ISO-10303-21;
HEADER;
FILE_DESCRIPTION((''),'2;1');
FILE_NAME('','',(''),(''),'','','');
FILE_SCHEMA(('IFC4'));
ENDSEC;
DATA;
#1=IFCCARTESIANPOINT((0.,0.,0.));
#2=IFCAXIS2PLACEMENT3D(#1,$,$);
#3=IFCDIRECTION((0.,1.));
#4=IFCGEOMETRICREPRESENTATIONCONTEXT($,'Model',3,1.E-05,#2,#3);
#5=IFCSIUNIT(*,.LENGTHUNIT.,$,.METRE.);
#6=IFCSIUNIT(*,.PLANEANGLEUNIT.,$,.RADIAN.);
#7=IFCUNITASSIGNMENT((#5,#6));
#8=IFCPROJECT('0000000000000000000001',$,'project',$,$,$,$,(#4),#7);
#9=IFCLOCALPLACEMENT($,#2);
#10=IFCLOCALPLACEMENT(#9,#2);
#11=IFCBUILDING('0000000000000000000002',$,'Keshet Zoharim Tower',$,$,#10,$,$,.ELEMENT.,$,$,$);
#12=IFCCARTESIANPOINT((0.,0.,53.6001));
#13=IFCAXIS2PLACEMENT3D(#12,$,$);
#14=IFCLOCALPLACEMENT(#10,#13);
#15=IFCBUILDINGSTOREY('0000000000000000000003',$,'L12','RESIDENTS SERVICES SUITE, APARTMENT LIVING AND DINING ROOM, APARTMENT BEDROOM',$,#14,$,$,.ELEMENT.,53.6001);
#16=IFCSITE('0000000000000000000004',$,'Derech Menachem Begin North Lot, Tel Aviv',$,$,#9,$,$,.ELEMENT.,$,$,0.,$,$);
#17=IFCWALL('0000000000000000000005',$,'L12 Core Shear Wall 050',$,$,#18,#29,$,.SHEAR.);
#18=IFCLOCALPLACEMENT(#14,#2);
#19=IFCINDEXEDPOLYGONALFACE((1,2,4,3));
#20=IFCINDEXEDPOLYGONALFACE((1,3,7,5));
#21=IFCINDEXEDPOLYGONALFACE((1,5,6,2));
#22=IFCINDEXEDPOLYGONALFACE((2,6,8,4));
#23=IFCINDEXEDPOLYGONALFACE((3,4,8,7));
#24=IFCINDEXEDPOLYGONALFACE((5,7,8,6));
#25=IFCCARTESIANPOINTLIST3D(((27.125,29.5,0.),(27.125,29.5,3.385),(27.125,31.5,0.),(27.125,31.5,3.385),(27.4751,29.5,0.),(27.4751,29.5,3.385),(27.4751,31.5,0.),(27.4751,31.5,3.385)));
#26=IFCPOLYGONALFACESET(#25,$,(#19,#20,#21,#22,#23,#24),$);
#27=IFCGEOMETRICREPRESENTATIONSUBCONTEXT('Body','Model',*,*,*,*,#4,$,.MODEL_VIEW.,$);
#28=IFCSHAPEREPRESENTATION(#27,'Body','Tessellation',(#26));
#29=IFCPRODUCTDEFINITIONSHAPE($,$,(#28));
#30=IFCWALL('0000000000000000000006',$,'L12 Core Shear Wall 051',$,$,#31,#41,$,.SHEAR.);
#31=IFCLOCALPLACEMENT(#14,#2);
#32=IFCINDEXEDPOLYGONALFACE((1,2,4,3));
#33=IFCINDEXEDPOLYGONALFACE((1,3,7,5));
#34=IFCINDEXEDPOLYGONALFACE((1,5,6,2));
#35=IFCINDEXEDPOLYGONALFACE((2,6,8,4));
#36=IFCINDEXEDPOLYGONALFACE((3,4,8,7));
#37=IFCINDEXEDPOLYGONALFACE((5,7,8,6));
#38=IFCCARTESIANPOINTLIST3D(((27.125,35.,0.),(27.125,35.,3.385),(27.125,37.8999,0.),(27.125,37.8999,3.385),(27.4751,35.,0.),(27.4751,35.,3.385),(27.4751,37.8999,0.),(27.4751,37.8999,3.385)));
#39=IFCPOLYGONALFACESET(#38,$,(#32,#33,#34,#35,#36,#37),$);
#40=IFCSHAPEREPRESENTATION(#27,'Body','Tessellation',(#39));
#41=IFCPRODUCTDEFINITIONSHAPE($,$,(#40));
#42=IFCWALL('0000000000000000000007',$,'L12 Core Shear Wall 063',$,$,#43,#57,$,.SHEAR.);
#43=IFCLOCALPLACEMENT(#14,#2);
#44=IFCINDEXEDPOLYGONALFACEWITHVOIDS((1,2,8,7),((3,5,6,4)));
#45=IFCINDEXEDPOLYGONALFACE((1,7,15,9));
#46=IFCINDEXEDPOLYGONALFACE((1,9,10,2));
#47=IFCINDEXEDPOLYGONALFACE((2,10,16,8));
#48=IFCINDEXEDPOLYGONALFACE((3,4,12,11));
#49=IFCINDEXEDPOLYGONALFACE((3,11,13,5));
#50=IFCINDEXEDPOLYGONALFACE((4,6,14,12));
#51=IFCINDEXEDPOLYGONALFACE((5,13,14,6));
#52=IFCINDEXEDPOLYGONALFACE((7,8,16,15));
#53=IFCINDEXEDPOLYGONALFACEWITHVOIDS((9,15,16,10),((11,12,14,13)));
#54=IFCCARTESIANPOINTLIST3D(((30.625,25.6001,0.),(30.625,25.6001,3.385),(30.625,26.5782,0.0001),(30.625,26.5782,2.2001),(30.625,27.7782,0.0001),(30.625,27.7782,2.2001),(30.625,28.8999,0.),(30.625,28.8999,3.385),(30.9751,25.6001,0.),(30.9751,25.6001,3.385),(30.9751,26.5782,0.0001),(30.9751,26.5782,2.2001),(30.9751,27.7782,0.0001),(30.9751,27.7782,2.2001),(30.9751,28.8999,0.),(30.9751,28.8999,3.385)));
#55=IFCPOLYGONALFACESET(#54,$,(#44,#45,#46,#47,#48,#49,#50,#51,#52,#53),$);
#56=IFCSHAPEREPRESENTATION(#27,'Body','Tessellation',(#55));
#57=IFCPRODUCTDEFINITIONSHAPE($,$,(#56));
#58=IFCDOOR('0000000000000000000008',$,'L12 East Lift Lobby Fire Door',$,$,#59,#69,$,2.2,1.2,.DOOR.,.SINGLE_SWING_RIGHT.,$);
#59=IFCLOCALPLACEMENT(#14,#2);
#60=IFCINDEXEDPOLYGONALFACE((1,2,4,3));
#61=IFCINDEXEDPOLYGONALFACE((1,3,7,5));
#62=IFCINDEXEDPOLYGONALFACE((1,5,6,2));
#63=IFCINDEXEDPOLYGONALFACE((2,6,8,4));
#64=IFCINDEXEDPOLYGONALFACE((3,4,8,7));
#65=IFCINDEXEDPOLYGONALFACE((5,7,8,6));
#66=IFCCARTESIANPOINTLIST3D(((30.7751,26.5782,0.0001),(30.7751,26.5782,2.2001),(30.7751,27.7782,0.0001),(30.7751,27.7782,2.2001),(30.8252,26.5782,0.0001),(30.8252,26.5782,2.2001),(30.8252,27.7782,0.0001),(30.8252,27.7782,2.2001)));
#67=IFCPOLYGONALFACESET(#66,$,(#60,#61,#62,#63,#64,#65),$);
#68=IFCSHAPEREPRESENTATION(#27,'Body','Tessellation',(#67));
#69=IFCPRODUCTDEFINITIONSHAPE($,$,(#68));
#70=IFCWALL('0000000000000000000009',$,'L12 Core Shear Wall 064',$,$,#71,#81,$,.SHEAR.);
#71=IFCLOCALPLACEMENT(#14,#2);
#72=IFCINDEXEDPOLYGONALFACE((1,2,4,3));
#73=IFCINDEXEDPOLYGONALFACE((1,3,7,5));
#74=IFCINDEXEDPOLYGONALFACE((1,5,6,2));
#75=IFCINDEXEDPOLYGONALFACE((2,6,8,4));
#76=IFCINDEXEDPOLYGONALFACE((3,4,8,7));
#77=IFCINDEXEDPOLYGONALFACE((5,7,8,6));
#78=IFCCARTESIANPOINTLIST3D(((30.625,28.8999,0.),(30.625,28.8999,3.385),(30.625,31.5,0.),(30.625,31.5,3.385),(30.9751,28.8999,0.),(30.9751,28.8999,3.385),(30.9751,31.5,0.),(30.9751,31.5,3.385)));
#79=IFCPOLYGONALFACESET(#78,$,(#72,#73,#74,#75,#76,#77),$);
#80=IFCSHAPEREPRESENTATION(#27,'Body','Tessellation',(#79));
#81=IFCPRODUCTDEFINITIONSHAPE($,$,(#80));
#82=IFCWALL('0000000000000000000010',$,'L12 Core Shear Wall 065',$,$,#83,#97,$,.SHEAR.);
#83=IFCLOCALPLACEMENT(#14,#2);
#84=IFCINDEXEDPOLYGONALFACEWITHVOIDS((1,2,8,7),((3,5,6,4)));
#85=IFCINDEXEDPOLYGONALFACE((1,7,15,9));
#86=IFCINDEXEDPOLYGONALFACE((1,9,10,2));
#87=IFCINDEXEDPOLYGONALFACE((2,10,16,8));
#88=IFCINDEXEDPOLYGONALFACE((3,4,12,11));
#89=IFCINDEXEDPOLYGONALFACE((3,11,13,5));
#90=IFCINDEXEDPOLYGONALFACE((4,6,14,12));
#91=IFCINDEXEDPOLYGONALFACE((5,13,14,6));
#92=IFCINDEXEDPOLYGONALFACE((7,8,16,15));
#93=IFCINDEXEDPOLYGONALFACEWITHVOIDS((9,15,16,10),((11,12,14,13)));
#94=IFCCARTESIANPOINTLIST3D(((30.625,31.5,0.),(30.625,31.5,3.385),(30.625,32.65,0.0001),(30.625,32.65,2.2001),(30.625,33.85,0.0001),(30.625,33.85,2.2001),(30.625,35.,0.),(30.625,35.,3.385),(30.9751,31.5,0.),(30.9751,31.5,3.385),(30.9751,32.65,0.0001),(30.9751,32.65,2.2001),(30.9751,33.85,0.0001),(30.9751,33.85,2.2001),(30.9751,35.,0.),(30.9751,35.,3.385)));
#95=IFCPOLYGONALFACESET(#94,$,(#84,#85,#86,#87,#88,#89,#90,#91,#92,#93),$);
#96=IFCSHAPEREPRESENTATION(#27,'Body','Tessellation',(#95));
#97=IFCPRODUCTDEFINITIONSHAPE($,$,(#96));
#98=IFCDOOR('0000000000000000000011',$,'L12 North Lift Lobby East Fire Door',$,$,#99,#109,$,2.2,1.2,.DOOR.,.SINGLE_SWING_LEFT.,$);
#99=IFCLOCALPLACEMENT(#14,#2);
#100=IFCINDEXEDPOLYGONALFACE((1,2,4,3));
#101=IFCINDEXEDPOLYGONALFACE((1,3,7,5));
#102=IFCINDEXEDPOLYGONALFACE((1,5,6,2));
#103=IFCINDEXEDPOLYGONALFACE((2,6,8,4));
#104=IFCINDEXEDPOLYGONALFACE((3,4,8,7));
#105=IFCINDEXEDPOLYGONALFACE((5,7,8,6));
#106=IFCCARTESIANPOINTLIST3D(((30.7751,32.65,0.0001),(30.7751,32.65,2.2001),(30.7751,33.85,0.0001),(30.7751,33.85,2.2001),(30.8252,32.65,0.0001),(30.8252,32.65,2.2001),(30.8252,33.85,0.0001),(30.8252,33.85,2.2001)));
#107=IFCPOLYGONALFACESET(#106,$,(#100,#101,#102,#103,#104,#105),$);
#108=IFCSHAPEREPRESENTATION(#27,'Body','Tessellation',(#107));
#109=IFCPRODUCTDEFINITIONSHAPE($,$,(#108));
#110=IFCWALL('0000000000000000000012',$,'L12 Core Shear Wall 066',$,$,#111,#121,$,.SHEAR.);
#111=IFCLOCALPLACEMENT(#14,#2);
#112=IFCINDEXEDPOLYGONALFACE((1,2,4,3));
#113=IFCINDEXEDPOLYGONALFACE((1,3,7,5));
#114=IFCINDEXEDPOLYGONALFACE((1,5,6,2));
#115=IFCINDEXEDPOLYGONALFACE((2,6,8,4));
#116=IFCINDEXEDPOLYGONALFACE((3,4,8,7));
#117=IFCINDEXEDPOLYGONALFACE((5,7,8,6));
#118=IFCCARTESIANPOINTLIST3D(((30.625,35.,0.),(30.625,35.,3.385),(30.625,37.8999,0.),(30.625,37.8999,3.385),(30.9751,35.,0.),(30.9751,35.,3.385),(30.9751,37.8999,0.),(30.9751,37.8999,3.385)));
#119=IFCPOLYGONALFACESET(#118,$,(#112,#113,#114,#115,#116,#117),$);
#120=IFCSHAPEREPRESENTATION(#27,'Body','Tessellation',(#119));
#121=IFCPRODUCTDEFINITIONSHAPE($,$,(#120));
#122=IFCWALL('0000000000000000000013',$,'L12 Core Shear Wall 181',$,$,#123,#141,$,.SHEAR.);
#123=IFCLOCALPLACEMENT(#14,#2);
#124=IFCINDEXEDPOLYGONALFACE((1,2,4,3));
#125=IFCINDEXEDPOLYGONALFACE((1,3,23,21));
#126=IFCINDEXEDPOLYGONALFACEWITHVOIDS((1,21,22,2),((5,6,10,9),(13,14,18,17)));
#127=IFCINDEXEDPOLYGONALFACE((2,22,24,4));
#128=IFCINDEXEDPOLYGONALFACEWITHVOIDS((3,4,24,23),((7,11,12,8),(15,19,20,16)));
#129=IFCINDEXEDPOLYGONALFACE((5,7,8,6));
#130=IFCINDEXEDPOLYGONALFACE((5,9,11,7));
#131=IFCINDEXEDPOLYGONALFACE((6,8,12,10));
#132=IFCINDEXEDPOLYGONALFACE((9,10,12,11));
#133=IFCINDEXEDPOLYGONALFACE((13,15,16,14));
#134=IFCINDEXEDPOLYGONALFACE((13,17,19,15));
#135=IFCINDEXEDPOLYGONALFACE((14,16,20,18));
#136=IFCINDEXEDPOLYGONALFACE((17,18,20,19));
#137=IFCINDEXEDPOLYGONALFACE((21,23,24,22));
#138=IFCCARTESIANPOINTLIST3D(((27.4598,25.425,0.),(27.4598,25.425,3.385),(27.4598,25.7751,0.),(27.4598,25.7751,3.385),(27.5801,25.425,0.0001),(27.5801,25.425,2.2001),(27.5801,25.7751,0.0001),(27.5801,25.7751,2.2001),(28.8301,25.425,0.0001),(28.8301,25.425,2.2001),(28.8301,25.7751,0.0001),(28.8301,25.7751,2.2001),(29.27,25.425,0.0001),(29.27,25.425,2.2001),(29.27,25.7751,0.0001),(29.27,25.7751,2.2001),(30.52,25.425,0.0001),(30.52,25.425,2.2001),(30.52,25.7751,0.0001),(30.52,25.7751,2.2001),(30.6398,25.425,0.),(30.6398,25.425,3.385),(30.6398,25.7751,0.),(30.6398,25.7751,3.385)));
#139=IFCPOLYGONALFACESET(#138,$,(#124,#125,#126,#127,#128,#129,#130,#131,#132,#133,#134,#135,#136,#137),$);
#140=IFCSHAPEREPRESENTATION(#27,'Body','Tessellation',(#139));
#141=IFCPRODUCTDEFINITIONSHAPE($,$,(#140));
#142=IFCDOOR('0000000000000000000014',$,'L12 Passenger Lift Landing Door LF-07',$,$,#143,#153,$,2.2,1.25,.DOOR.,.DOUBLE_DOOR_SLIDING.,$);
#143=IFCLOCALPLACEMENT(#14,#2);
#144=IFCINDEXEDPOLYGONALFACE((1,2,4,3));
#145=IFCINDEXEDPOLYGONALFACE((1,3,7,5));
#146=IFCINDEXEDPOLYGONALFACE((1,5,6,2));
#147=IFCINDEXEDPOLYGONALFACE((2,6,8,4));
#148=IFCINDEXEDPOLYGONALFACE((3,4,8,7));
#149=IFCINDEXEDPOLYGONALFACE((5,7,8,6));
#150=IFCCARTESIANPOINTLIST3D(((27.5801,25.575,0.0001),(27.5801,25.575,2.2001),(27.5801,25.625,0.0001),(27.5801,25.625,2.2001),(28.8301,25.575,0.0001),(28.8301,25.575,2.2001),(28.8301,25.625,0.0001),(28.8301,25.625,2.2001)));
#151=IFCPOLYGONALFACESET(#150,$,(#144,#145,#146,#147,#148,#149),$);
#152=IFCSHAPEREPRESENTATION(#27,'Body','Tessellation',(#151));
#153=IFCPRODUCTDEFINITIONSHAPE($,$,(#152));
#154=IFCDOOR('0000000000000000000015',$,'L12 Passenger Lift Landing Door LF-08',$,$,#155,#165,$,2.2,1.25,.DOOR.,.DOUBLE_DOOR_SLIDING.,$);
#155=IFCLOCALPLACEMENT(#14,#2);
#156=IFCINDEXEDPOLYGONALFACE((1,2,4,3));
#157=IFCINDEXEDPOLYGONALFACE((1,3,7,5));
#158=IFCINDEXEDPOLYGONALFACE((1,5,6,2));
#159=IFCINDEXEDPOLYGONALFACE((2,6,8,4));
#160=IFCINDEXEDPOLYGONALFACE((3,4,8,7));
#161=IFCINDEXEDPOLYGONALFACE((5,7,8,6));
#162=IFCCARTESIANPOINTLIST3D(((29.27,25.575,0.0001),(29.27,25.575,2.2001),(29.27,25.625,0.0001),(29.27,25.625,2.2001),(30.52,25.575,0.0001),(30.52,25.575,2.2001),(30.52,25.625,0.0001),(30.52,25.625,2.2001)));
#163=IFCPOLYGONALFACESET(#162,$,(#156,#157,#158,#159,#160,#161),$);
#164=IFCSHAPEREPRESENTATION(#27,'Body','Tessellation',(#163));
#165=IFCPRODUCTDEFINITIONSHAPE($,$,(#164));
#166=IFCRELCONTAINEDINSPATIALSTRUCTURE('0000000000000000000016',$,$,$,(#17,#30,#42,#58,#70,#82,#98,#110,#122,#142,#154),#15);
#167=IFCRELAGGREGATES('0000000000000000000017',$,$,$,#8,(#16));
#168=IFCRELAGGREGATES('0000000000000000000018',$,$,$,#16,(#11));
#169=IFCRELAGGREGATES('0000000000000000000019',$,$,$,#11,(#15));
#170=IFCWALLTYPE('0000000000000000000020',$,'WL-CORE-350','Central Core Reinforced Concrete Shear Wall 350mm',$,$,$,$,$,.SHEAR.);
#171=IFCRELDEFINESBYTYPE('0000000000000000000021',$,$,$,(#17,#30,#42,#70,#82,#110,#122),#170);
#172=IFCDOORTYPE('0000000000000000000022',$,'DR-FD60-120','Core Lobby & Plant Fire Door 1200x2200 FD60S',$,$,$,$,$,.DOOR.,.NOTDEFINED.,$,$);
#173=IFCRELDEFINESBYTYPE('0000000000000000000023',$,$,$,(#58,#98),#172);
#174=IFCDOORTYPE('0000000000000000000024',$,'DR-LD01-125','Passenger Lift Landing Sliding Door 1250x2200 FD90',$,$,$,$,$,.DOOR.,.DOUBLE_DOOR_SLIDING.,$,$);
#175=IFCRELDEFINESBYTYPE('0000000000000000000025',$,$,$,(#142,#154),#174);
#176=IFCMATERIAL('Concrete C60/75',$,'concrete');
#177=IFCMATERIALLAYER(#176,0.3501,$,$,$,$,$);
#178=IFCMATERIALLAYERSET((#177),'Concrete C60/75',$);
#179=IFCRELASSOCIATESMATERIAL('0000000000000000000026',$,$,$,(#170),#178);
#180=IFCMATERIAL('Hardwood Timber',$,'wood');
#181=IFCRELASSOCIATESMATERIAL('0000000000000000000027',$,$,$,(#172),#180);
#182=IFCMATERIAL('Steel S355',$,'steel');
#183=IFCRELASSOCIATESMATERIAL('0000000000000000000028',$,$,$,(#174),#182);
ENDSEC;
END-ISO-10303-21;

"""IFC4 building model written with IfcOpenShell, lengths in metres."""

from ifc_helpers import new_model, si_unit, direction, frame, frame_2d, origin, place, context, subcontext, project, spatial, rectangle, extrude, material, layer, layer_set, type_object, element, fill, save


model = new_model("IFC4")

# Units and contexts
model_context = context("Model", 3, precision=1e-05, world=origin(), true_north=direction((0.0, 1.0)))
body_context = subcontext(model_context, "Body", "Model", "MODEL_VIEW")
ifc_project = project(units=[si_unit("LENGTHUNIT", "METRE"), si_unit("PLANEANGLEUNIT", "RADIAN")], contexts=[model_context])

# Site, building, storey
site_placement = place(None, origin())
site = spatial("IfcSite", under=ifc_project, at=site_placement, Name="Derech Menachem Begin North Lot, Tel Aviv", CompositionType="ELEMENT", RefElevation=0.0)
building_placement = place(site_placement, origin())
building = spatial("IfcBuilding", under=site, at=building_placement, Name="Keshet Zoharim Tower", CompositionType="ELEMENT")
storey_placement = place(building_placement, frame((0.0, 0.0, 53.6001)))
storey = spatial("IfcBuildingStorey", under=building, at=storey_placement, Name="L12", Description="RESIDENTS SERVICES SUITE, APARTMENT LIVING AND DINING ROOM, APARTMENT BEDROOM", CompositionType="ELEMENT", Elevation=53.6001)

# Shared definitions
ifc_material_1 = material(Name="Concrete C60/75", Category="concrete")

# Shared definitions
ifc_material_2 = material(Name="Steel S355", Category="steel")

# Walls
ifc_layer_1 = layer(ifc_material_1, 0.3501)
ifc_layer_set_1 = layer_set([ifc_layer_1], Name="Concrete C60/75")
wall_type_1 = type_object("IfcWallType", Name="WL-CORE-350", Description="Central Core Reinforced Concrete Shear Wall 350mm", PredefinedType="SHEAR", material=ifc_layer_set_1)
wall_1_placement = place(storey_placement, frame((27.3, 29.5, 0.0), z_axis=(0.0, 0.0, 1.0), x_axis=(0.0, 1.0, 0.0)))
element("IfcWall", 1, at=wall_1_placement, inside=storey, type_object=wall_type_1, Name="L12 Core Shear Wall 050", PredefinedType="SHEAR", context=body_context, shape_type="SweptSolid", body=[
    extrude(rectangle(XDim=2.0, YDim=0.3501, at=frame_2d((1.0, 0.0))), origin(), (0.0, 0.0, 1.0), 3.385),
])
wall_2_placement = place(storey_placement, frame((27.3, 35.0, 0.0), z_axis=(0.0, 0.0, 1.0), x_axis=(0.0, 1.0, 0.0)))
element("IfcWall", 2, at=wall_2_placement, inside=storey, type_object=wall_type_1, Name="L12 Core Shear Wall 051", PredefinedType="SHEAR", context=body_context, shape_type="SweptSolid", body=[
    extrude(rectangle(XDim=2.8999, YDim=0.3501, at=frame_2d((1.45, 0.0))), origin(), (0.0, 0.0, 1.0), 3.385),
])

# Wall, opening, door
wall_3_placement = place(storey_placement, frame((30.8, 25.6001, 0.0), z_axis=(0.0, 0.0, 1.0), x_axis=(0.0, 1.0, 0.0)))
wall_3 = element("IfcWall", 3, at=wall_3_placement, inside=storey, type_object=wall_type_1, Name="L12 Core Shear Wall 063", PredefinedType="SHEAR", context=body_context, shape_type="SweptSolid", body=[
    extrude(rectangle(XDim=3.2998, YDim=0.3501, at=frame_2d((1.6499, 0.0))), origin(), (0.0, 0.0, 1.0), 3.385),
])
opening_1_placement = place(wall_3_placement, frame((0.978, 0.0, 0.0)))
opening_1 = element("IfcOpeningElement", 4, at=opening_1_placement, cuts=wall_3, PredefinedType="OPENING", context=body_context, shape_type="SweptSolid", body=[
    extrude(rectangle(XDim=1.2, YDim=2.2, at=frame_2d((0.6001, 1.1001))), frame((0.0, 0.1851, 0.0), z_axis=(0.0, -1.0, 0.0), x_axis=(1.0, 0.0, 0.0)), (0.0, 0.0, 1.0), 0.3701),
])
ifc_material_3 = material(Name="Hardwood Timber", Category="wood")
door_type_1 = type_object("IfcDoorType", Name="DR-FD60-120", Description="Core Lobby & Plant Fire Door 1200x2200 FD60S", OperationType="NOTDEFINED", PredefinedType="DOOR", material=ifc_material_3)
door_1_placement = place(opening_1_placement, origin())
door_1 = element("IfcDoor", 5, at=door_1_placement, inside=storey, type_object=door_type_1, Name="L12 East Lift Lobby Fire Door", OperationType="SINGLE_SWING_RIGHT", OverallHeight=2.2, OverallWidth=1.2, PredefinedType="DOOR", context=body_context, shape_type="SweptSolid", body=[
    extrude(rectangle(XDim=1.2, YDim=2.2, at=frame_2d((0.6001, 1.1001))), frame((0.0, 0.0249, 0.0), z_axis=(0.0, -1.0, 0.0), x_axis=(1.0, 0.0, 0.0)), (0.0, 0.0, 1.0), 0.05),
])
fill(opening_1, door_1)

# Wall
wall_4_placement = place(storey_placement, frame((30.8, 28.8999, 0.0), z_axis=(0.0, 0.0, 1.0), x_axis=(0.0, 1.0, 0.0)))
element("IfcWall", 6, at=wall_4_placement, inside=storey, type_object=wall_type_1, Name="L12 Core Shear Wall 064", PredefinedType="SHEAR", context=body_context, shape_type="SweptSolid", body=[
    extrude(rectangle(XDim=2.6001, YDim=0.3501, at=frame_2d((1.3, 0.0))), origin(), (0.0, 0.0, 1.0), 3.385),
])

# Wall, opening, door
wall_5_placement = place(storey_placement, frame((30.8, 31.5, 0.0), z_axis=(0.0, 0.0, 1.0), x_axis=(0.0, 1.0, 0.0)))
wall_5 = element("IfcWall", 7, at=wall_5_placement, inside=storey, type_object=wall_type_1, Name="L12 Core Shear Wall 065", PredefinedType="SHEAR", context=body_context, shape_type="SweptSolid", body=[
    extrude(rectangle(XDim=3.5, YDim=0.3501, at=frame_2d((1.75, 0.0))), origin(), (0.0, 0.0, 1.0), 3.385),
])
opening_2_placement = place(wall_5_placement, frame((1.1499, 0.0, 0.0)))
opening_2 = element("IfcOpeningElement", 8, at=opening_2_placement, cuts=wall_5, PredefinedType="OPENING", context=body_context, shape_type="SweptSolid", body=[
    extrude(rectangle(XDim=1.2, YDim=2.2, at=frame_2d((0.6001, 1.1001))), frame((0.0, 0.1851, 0.0), z_axis=(0.0, -1.0, 0.0), x_axis=(1.0, 0.0, 0.0)), (0.0, 0.0, 1.0), 0.3701),
])
door_2_placement = place(opening_2_placement, origin())
door_2 = element("IfcDoor", 9, at=door_2_placement, inside=storey, type_object=door_type_1, Name="L12 North Lift Lobby East Fire Door", OperationType="SINGLE_SWING_LEFT", OverallHeight=2.2, OverallWidth=1.2, PredefinedType="DOOR", context=body_context, shape_type="SweptSolid", body=[
    extrude(rectangle(XDim=1.2, YDim=2.2, at=frame_2d((0.6001, 1.1001))), frame((0.0, 0.0249, 0.0), z_axis=(0.0, -1.0, 0.0), x_axis=(1.0, 0.0, 0.0)), (0.0, 0.0, 1.0), 0.05),
])
fill(opening_2, door_2)

# Wall
wall_6_placement = place(storey_placement, frame((30.8, 35.0, 0.0), z_axis=(0.0, 0.0, 1.0), x_axis=(0.0, 1.0, 0.0)))
element("IfcWall", 10, at=wall_6_placement, inside=storey, type_object=wall_type_1, Name="L12 Core Shear Wall 066", PredefinedType="SHEAR", context=body_context, shape_type="SweptSolid", body=[
    extrude(rectangle(XDim=2.8999, YDim=0.3501, at=frame_2d((1.45, 0.0))), origin(), (0.0, 0.0, 1.0), 3.385),
])

# Wall, openings, doors
wall_7_placement = place(storey_placement, frame((27.46, 25.6001, 0.0), z_axis=(0.0, 0.0, 1.0), x_axis=(1.0, 0.0, 0.0)))
wall_7 = element("IfcWall", 11, at=wall_7_placement, inside=storey, type_object=wall_type_1, Name="L12 Core Shear Wall 181", PredefinedType="SHEAR", context=body_context, shape_type="SweptSolid", body=[
    extrude(rectangle(XDim=3.1799, YDim=0.3501, at=frame_2d((1.5898, 0.0))), origin(), (0.0, 0.0, 1.0), 3.385),
])
opening_3_placement = place(wall_7_placement, frame((0.1201, 0.0, 0.0)))
opening_3 = element("IfcOpeningElement", 12, at=opening_3_placement, cuts=wall_7, PredefinedType="OPENING", context=body_context, shape_type="SweptSolid", body=[
    extrude(rectangle(XDim=1.25, YDim=2.2, at=frame_2d((0.625, 1.1001))), frame((0.0, 0.1851, 0.0), z_axis=(0.0, -1.0, 0.0), x_axis=(1.0, 0.0, 0.0)), (0.0, 0.0, 1.0), 0.3701),
])
opening_4_placement = place(wall_7_placement, frame((1.8101, 0.0, 0.0)))
opening_4 = element("IfcOpeningElement", 13, at=opening_4_placement, cuts=wall_7, PredefinedType="OPENING", context=body_context, shape_type="SweptSolid", body=[
    extrude(rectangle(XDim=1.25, YDim=2.2, at=frame_2d((0.625, 1.1001))), frame((0.0, 0.1851, 0.0), z_axis=(0.0, -1.0, 0.0), x_axis=(1.0, 0.0, 0.0)), (0.0, 0.0, 1.0), 0.3701),
])
door_type_2 = type_object("IfcDoorType", Name="DR-LD01-125", Description="Passenger Lift Landing Sliding Door 1250x2200 FD90", OperationType="DOUBLE_DOOR_SLIDING", PredefinedType="DOOR", material=ifc_material_2)
door_3_placement = place(opening_3_placement, origin())
door_3 = element("IfcDoor", 14, at=door_3_placement, inside=storey, type_object=door_type_2, Name="L12 Passenger Lift Landing Door LF-07", OperationType="DOUBLE_DOOR_SLIDING", OverallHeight=2.2, OverallWidth=1.25, PredefinedType="DOOR", context=body_context, shape_type="SweptSolid", body=[
    extrude(rectangle(XDim=1.25, YDim=2.2, at=frame_2d((0.625, 1.1001))), frame((0.0, 0.0249, 0.0), z_axis=(0.0, -1.0, 0.0), x_axis=(1.0, 0.0, 0.0)), (0.0, 0.0, 1.0), 0.05),
])
fill(opening_3, door_3)
door_4_placement = place(opening_4_placement, origin())
door_4 = element("IfcDoor", 15, at=door_4_placement, inside=storey, type_object=door_type_2, Name="L12 Passenger Lift Landing Door LF-08", OperationType="DOUBLE_DOOR_SLIDING", OverallHeight=2.2, OverallWidth=1.25, PredefinedType="DOOR", context=body_context, shape_type="SweptSolid", body=[
    extrude(rectangle(XDim=1.25, YDim=2.2, at=frame_2d((0.625, 1.1001))), frame((0.0, 0.0249, 0.0), z_axis=(0.0, -1.0, 0.0), x_axis=(1.0, 0.0, 0.0)), (0.0, 0.0, 1.0), 0.05),
])
fill(opening_4, door_4)

save(model, "model.ifc")
